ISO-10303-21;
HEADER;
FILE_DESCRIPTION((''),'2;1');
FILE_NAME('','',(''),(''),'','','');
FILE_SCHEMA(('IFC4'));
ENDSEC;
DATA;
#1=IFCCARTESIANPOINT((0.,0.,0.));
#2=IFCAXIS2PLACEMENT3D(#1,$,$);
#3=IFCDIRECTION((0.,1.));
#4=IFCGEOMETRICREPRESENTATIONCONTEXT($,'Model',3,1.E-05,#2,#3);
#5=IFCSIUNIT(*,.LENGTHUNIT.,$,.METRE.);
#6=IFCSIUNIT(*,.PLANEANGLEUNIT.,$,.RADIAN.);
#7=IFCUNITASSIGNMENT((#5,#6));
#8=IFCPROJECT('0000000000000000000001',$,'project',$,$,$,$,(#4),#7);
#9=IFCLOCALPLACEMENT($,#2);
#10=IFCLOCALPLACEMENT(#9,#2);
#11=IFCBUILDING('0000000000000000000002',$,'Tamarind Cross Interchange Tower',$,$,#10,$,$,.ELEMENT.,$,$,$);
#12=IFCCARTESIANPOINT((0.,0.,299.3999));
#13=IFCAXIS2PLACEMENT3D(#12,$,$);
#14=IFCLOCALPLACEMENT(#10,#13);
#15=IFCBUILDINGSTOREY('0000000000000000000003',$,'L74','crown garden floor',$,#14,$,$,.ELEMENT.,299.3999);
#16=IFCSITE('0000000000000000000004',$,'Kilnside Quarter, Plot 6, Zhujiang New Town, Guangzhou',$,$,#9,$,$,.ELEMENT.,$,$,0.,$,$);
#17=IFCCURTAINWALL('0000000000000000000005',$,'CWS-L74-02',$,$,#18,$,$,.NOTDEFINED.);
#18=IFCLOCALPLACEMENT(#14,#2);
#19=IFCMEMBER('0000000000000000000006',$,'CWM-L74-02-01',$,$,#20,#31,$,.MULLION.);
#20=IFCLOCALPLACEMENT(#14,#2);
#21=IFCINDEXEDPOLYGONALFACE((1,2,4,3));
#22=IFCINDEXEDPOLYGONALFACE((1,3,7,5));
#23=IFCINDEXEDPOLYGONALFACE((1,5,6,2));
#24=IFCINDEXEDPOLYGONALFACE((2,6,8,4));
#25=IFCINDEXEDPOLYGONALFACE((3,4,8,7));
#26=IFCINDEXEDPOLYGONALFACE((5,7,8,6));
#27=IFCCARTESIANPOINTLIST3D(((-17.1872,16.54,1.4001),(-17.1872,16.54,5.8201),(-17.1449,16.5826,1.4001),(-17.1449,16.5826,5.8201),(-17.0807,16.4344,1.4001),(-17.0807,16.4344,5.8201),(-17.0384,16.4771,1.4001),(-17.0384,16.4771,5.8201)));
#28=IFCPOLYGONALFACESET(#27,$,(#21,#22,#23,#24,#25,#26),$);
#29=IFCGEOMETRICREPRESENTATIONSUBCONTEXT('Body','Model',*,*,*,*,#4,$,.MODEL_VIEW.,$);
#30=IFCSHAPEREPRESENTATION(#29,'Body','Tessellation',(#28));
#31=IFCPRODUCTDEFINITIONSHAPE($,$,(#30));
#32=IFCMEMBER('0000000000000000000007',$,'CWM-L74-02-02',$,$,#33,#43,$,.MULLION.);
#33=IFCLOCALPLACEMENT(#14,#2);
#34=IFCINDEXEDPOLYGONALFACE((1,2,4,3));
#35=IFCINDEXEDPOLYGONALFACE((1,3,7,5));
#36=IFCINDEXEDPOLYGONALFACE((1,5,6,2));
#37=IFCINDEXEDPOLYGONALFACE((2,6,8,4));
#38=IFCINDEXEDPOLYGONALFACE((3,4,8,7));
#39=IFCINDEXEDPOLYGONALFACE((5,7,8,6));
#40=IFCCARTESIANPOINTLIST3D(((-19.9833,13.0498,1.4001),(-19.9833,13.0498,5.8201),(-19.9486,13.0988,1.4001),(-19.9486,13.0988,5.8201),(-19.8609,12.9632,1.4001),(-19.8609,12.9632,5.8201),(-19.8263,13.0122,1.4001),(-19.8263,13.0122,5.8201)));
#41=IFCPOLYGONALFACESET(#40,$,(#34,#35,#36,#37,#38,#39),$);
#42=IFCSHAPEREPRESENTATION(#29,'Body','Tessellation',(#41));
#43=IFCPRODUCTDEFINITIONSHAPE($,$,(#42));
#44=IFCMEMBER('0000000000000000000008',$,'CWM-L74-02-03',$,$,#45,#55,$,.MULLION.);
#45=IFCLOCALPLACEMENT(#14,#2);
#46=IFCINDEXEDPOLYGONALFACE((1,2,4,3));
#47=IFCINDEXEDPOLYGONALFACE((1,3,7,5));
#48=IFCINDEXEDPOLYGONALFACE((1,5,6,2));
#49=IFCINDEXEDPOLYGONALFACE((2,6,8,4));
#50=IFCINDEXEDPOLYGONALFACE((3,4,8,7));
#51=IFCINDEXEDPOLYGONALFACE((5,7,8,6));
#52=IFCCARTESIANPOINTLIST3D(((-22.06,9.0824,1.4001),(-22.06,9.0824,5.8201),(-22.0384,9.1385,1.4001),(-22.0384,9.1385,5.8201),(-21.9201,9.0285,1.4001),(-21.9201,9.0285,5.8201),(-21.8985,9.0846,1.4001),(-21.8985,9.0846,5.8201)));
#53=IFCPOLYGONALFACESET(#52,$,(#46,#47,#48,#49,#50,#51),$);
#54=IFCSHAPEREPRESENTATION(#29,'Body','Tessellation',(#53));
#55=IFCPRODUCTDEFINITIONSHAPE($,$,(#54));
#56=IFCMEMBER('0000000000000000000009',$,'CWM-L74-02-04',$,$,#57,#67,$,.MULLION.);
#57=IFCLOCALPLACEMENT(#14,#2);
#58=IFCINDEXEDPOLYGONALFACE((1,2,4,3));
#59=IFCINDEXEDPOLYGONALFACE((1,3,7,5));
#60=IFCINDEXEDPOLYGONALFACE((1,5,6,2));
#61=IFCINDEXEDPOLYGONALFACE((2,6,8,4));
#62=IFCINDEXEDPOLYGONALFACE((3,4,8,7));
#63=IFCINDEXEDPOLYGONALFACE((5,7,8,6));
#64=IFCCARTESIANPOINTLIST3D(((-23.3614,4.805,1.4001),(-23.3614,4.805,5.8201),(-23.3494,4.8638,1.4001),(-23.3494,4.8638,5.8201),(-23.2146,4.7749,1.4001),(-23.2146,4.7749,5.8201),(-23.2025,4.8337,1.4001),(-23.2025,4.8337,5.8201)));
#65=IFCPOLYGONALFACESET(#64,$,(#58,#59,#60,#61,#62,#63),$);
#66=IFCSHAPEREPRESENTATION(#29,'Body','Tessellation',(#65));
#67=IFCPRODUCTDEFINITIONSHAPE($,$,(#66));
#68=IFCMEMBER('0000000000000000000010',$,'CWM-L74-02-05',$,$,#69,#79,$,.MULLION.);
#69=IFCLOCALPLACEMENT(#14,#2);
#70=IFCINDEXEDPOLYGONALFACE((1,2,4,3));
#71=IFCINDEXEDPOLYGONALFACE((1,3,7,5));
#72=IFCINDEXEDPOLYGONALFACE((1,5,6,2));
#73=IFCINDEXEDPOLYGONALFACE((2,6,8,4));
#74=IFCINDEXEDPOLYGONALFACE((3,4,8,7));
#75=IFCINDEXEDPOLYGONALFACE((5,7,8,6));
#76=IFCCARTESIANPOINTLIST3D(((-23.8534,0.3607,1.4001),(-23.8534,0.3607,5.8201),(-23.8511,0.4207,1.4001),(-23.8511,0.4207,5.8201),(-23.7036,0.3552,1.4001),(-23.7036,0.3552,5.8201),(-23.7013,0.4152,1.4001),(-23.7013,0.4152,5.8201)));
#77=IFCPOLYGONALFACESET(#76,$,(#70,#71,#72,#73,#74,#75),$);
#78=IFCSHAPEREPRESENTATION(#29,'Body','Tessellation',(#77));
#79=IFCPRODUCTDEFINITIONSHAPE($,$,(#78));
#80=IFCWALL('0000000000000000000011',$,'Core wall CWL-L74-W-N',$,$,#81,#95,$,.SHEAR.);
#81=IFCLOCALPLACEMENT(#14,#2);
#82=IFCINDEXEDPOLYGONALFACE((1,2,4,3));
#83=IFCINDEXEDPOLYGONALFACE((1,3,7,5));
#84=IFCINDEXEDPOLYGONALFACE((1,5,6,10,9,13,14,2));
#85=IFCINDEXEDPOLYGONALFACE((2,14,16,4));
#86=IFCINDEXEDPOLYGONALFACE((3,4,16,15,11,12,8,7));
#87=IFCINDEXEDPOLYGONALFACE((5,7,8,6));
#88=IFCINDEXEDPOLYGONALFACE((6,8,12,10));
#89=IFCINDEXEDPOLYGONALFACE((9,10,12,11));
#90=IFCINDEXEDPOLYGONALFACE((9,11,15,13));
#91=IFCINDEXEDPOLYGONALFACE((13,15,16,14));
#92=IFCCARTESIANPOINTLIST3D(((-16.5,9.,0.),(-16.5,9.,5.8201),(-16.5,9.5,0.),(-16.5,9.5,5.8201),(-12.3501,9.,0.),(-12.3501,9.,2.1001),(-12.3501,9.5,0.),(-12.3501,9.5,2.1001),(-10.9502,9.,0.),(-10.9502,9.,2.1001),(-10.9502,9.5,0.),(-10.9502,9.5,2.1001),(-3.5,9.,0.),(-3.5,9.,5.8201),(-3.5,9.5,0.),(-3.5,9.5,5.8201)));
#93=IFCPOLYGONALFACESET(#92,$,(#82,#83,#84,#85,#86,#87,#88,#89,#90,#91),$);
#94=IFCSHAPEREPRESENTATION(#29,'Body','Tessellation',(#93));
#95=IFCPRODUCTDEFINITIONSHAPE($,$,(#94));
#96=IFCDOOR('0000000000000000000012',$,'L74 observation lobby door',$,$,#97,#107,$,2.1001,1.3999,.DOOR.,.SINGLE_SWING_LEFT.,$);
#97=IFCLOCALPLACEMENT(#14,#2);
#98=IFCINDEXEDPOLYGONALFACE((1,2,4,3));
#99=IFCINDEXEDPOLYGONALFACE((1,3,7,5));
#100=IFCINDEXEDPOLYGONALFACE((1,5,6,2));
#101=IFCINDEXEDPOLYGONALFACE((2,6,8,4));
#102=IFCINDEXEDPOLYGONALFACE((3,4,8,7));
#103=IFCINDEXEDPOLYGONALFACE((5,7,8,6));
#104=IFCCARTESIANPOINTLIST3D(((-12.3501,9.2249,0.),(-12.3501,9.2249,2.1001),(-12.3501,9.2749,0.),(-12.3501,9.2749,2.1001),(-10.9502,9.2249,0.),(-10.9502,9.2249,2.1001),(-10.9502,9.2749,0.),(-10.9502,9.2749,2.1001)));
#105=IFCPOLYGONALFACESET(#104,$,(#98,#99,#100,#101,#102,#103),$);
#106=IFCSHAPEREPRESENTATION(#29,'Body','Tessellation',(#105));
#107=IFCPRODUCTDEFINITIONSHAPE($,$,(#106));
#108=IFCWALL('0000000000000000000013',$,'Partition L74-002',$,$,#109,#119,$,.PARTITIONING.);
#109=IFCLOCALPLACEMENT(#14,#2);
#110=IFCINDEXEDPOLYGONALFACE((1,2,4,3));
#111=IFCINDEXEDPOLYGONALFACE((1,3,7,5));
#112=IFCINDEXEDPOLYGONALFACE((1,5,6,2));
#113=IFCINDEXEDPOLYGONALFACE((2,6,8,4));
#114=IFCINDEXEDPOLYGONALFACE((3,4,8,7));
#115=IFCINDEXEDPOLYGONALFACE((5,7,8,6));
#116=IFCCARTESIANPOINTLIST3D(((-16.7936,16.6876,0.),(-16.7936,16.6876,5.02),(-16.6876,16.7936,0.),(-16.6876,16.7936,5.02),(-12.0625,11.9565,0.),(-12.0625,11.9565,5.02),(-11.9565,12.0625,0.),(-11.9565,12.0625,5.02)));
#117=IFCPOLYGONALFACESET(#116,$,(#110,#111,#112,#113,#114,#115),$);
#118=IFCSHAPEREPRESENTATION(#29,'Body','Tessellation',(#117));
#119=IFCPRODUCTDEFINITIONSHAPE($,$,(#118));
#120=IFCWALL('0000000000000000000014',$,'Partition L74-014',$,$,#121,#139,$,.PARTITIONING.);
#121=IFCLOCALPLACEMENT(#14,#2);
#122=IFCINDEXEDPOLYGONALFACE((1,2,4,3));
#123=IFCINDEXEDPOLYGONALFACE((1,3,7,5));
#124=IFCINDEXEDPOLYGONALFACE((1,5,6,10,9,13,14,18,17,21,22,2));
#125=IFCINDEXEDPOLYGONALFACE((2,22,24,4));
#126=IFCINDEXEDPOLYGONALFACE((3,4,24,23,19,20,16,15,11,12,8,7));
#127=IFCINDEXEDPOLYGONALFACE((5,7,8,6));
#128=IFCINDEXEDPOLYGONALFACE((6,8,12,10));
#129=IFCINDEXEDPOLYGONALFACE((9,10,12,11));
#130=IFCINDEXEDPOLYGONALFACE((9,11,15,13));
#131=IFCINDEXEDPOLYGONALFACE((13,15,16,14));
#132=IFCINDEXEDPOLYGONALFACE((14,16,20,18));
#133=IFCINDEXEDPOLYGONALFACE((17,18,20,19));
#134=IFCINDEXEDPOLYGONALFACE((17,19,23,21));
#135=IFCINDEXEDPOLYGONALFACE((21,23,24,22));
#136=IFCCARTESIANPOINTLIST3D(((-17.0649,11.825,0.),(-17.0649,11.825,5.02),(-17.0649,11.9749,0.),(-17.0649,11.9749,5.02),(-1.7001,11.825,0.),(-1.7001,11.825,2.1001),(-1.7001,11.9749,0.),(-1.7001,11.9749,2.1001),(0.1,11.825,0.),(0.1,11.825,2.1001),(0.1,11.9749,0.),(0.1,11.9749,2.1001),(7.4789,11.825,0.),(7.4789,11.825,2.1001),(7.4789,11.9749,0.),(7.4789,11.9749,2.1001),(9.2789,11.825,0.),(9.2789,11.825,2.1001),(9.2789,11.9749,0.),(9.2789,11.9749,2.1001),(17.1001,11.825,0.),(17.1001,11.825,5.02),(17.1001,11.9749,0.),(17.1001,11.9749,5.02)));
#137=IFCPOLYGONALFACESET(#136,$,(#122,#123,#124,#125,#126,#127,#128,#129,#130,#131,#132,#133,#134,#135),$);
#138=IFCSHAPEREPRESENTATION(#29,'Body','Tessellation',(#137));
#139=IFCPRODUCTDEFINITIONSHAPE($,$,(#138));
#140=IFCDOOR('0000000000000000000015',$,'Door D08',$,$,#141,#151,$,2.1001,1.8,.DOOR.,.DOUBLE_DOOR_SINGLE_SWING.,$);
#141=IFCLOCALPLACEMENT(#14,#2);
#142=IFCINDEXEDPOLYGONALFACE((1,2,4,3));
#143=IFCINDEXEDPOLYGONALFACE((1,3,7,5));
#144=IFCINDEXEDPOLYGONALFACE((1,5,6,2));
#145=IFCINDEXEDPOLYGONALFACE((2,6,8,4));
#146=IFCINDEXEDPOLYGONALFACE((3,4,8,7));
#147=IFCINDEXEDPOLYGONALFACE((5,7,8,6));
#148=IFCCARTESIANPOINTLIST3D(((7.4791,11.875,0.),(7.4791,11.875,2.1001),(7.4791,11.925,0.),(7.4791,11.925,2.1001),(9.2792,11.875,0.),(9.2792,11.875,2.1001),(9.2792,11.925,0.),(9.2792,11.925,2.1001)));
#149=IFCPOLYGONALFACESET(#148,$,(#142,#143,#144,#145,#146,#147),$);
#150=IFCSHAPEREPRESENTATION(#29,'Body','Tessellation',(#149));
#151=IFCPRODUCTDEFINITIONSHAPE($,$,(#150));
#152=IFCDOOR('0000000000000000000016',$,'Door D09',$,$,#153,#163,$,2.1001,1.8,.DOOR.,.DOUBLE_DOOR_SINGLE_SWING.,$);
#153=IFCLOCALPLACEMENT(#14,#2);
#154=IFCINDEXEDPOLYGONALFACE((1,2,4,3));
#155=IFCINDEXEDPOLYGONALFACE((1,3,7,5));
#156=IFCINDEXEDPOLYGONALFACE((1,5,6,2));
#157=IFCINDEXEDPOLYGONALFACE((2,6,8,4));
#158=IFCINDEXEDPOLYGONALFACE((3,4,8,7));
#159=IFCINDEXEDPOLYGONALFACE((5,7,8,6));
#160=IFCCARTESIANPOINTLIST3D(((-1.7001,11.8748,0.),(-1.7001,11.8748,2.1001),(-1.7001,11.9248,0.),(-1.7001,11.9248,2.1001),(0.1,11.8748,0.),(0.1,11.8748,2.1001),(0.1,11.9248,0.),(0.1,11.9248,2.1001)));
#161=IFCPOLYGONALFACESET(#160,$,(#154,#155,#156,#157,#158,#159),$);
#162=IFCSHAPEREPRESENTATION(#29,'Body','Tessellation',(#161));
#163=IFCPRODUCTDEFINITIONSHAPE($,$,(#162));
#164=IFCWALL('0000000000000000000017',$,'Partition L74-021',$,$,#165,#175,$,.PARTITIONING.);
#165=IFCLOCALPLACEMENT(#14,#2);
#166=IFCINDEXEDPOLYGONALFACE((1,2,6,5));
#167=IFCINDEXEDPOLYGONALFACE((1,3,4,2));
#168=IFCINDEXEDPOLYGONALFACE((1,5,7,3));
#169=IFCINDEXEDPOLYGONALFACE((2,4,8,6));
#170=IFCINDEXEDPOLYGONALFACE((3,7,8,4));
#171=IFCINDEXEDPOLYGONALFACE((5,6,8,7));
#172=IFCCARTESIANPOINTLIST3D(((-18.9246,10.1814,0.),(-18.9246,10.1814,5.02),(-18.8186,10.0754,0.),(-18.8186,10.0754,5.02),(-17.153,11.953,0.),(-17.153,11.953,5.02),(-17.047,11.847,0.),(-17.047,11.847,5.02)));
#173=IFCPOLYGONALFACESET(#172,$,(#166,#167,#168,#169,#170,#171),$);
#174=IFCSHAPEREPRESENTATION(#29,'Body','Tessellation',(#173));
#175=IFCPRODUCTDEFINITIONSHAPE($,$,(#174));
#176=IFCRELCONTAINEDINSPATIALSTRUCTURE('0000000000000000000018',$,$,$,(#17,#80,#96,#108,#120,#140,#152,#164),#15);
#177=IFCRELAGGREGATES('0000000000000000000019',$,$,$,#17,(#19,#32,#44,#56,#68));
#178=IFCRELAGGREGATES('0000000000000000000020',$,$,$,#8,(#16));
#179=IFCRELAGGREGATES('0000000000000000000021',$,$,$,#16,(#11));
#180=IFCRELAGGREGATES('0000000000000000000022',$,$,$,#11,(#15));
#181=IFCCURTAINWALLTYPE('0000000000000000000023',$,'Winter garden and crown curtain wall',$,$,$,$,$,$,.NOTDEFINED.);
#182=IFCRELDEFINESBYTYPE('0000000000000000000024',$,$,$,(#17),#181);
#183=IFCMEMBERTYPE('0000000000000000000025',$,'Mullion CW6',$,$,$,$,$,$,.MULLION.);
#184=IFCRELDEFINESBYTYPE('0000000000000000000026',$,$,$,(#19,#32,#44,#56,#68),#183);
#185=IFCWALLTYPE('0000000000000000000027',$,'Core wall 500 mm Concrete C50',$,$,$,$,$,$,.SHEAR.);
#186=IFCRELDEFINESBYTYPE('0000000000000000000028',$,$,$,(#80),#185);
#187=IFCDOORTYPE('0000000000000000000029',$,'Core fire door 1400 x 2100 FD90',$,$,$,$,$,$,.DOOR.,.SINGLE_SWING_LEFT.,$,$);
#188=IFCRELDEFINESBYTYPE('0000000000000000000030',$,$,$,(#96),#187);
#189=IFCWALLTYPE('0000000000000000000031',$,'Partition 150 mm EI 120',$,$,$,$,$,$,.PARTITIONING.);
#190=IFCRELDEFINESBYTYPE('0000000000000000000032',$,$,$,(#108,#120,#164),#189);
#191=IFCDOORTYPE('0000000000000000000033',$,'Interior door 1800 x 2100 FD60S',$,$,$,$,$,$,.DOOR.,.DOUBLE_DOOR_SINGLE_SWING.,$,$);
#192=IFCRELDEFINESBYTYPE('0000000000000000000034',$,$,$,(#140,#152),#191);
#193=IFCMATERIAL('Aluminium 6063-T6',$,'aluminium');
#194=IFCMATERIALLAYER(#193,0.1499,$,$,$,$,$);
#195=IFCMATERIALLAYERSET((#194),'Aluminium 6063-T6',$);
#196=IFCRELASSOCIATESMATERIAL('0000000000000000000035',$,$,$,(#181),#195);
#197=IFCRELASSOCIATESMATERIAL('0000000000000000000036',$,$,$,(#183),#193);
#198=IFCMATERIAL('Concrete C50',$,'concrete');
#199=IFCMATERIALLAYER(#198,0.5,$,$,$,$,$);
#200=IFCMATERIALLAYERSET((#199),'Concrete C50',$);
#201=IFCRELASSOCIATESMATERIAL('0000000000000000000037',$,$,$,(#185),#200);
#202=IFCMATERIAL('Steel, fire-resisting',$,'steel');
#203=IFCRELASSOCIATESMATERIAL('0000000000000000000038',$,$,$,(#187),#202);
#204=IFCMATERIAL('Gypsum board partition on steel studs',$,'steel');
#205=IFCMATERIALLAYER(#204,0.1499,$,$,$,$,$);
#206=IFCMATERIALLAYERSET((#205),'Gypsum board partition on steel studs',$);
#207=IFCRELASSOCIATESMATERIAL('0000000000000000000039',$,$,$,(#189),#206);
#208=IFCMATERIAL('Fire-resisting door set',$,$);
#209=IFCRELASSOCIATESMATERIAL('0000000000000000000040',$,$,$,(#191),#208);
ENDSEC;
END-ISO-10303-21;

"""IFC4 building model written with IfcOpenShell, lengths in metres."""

from ifc_helpers import new_model, si_unit, direction, frame, frame_2d, origin, origin_2d, place, context, subcontext, project, spatial, rectangle, extrude, material, layer, layer_set, material_profile, profile_set, type_object, element, fill, aggregate, save


model = new_model("IFC4")

# Units and contexts
model_context = context("Model", 3, precision=1e-05, world=origin(), true_north=direction((0.0, 1.0)))
body_context = subcontext(model_context, "Body", "Model", "MODEL_VIEW")
ifc_project = project(units=[si_unit("LENGTHUNIT", "METRE"), si_unit("PLANEANGLEUNIT", "RADIAN")], contexts=[model_context])

# Site, building, storey
site_placement = place(None, origin())
site = spatial("IfcSite", under=ifc_project, at=site_placement, Name="Kilnside Quarter, Plot 6, Zhujiang New Town, Guangzhou", CompositionType="ELEMENT", RefElevation=0.0)
building_placement = place(site_placement, origin())
building = spatial("IfcBuilding", under=site, at=building_placement, Name="Tamarind Cross Interchange Tower", CompositionType="ELEMENT")
storey_placement = place(building_placement, frame((0.0, 0.0, 299.3999)))
storey = spatial("IfcBuildingStorey", under=building, at=storey_placement, Name="L74", Description="crown garden floor", CompositionType="ELEMENT", Elevation=299.3999)

# Curtain wall, members
ifc_material_1 = material(Name="Aluminium 6063-T6", Category="aluminium")
ifc_layer_1 = layer(ifc_material_1, 0.1499)
ifc_layer_set_1 = layer_set([ifc_layer_1], Name="Aluminium 6063-T6")
curtain_wall_type = type_object("IfcCurtainWallType", Name="Winter garden and crown curtain wall", PredefinedType="NOTDEFINED", material=ifc_layer_set_1)
curtain_wall_placement = place(storey_placement, origin())
curtain_wall = element("IfcCurtainWall", 1, at=curtain_wall_placement, inside=storey, type_object=curtain_wall_type, Name="CWS-L74-02", PredefinedType="NOTDEFINED")
ifc_material_profile_1 = material_profile(ifc_material_1, rectangle(XDim=0.0601, YDim=0.1499, at=origin_2d()), Name="Mullion CW6")
ifc_profile_set_1 = profile_set([ifc_material_profile_1], Name="Aluminium 6063-T6")
member_type = type_object("IfcMemberType", Name="Mullion CW6", PredefinedType="MULLION", material=ifc_profile_set_1)
member_1_placement = place(storey_placement, frame((-17.1128, 16.5085, 1.4001), z_axis=(0.0, 0.0, 1.0), x_axis=(-0.704057, -0.710143, 0.0)))
member_1 = element("IfcMember", 2, at=member_1_placement, type_object=member_type, Name="CWM-L74-02-01", PredefinedType="MULLION", context=body_context, shape_type="SweptSolid", body=[
    extrude(rectangle(XDim=0.0601, YDim=0.1499, at=origin_2d()), origin(), (0.0, 0.0, 1.0), 4.4199),
])
member_2_placement = place(storey_placement, frame((-19.9048, 13.031, 1.4001), z_axis=(0.0, 0.0, 1.0), x_axis=(-0.577569, -0.816342, 0.0)))
member_2 = element("IfcMember", 3, at=member_2_placement, type_object=member_type, Name="CWM-L74-02-02", PredefinedType="MULLION", context=body_context, shape_type="SweptSolid", body=[
    extrude(rectangle(XDim=0.0601, YDim=0.1499, at=origin_2d()), origin(), (0.0, 0.0, 1.0), 4.4199),
])
member_3_placement = place(storey_placement, frame((-21.9792, 9.0835, 1.4001), z_axis=(0.0, 0.0, 1.0), x_axis=(-0.359495, -0.933147, 0.0)))
member_3 = element("IfcMember", 4, at=member_3_placement, type_object=member_type, Name="CWM-L74-02-03", PredefinedType="MULLION", context=body_context, shape_type="SweptSolid", body=[
    extrude(rectangle(XDim=0.0601, YDim=0.1499, at=origin_2d()), origin(), (0.0, 0.0, 1.0), 4.4199),
])
member_4_placement = place(storey_placement, frame((-23.282, 4.8193, 1.4001), z_axis=(0.0, 0.0, 1.0), x_axis=(-0.201001, -0.979591, 0.0)))
member_4 = element("IfcMember", 5, at=member_4_placement, type_object=member_type, Name="CWM-L74-02-04", PredefinedType="MULLION", context=body_context, shape_type="SweptSolid", body=[
    extrude(rectangle(XDim=0.0601, YDim=0.1499, at=origin_2d()), origin(), (0.0, 0.0, 1.0), 4.4199),
])
member_5_placement = place(storey_placement, frame((-23.7773, 0.3879, 1.4001), z_axis=(0.0, 0.0, 1.0), x_axis=(-0.037025, -0.999314, 0.0)))
member_5 = element("IfcMember", 6, at=member_5_placement, type_object=member_type, Name="CWM-L74-02-05", PredefinedType="MULLION", context=body_context, shape_type="SweptSolid", body=[
    extrude(rectangle(XDim=0.0601, YDim=0.1499, at=origin_2d()), origin(), (0.0, 0.0, 1.0), 4.4199),
])
aggregate(curtain_wall, [member_1, member_2, member_3, member_4, member_5])

# Wall, opening, door
ifc_material_2 = material(Name="Concrete C50", Category="concrete")
ifc_layer_2 = layer(ifc_material_2, 0.5)
ifc_layer_set_2 = layer_set([ifc_layer_2], Name="Concrete C50")
wall_type_1 = type_object("IfcWallType", Name="Core wall 500 mm Concrete C50", PredefinedType="SHEAR", material=ifc_layer_set_2)
wall_1_placement = place(storey_placement, frame((-16.5, 9.25, 0.0), z_axis=(0.0, 0.0, 1.0), x_axis=(1.0, 0.0, 0.0)))
wall_1 = element("IfcWall", 7, at=wall_1_placement, inside=storey, type_object=wall_type_1, Name="Core wall CWL-L74-W-N", PredefinedType="SHEAR", context=body_context, shape_type="SweptSolid", body=[
    extrude(rectangle(XDim=13.0, YDim=0.5, at=frame_2d((6.5, 0.0))), origin(), (0.0, 0.0, 1.0), 5.8201),
])
opening_1_placement = place(wall_1_placement, frame((4.1499, 0.0, 0.0)))
opening_1 = element("IfcOpeningElement", 8, at=opening_1_placement, cuts=wall_1, PredefinedType="OPENING", context=body_context, shape_type="SweptSolid", body=[
    extrude(rectangle(XDim=1.3999, YDim=2.1001, at=frame_2d((0.7, 1.05))), frame((0.0, 0.26, 0.0), z_axis=(0.0, -1.0, 0.0), x_axis=(1.0, 0.0, 0.0)), (0.0, 0.0, 1.0), 0.52),
])
ifc_material_3 = material(Name="Steel, fire-resisting", Category="steel")
door_type_1 = type_object("IfcDoorType", Name="Core fire door 1400 x 2100 FD90", OperationType="SINGLE_SWING_LEFT", PredefinedType="DOOR", material=ifc_material_3)
door_1_placement = place(opening_1_placement, origin())
door_1 = element("IfcDoor", 9, at=door_1_placement, inside=storey, type_object=door_type_1, Name="L74 observation lobby door", OperationType="SINGLE_SWING_LEFT", OverallHeight=2.1001, OverallWidth=1.3999, PredefinedType="DOOR", context=body_context, shape_type="SweptSolid", body=[
    extrude(rectangle(XDim=1.3999, YDim=2.1001, at=frame_2d((0.7, 1.05))), frame((0.0, 0.0249, 0.0), z_axis=(0.0, -1.0, 0.0), x_axis=(1.0, 0.0, 0.0)), (0.0, 0.0, 1.0), 0.05),
])
fill(opening_1, door_1)

# Wall
ifc_material_4 = material(Name="Gypsum board partition on steel studs", Category="steel")
ifc_layer_3 = layer(ifc_material_4, 0.1499)
ifc_layer_set_3 = layer_set([ifc_layer_3], Name="Gypsum board partition on steel studs")
wall_type_2 = type_object("IfcWallType", Name="Partition 150 mm EI 120", PredefinedType="PARTITIONING", material=ifc_layer_set_3)
wall_2_placement = place(storey_placement, frame((-16.7405, 16.7405, 0.0), z_axis=(0.0, 0.0, 1.0), x_axis=(0.707107, -0.707107, 0.0)))
element("IfcWall", 10, at=wall_2_placement, inside=storey, type_object=wall_type_2, Name="Partition L74-002", PredefinedType="PARTITIONING", context=body_context, shape_type="SweptSolid", body=[
    extrude(rectangle(XDim=6.6907, YDim=0.1499, at=frame_2d((3.3452, 0.0))), origin(), (0.0, 0.0, 1.0), 5.02),
])

# Wall, openings, doors
wall_3_placement = place(storey_placement, frame((-17.0649, 11.8999, 0.0), z_axis=(0.0, 0.0, 1.0), x_axis=(1.0, 0.0, 0.0)))
wall_3 = element("IfcWall", 11, at=wall_3_placement, inside=storey, type_object=wall_type_2, Name="Partition L74-014", PredefinedType="PARTITIONING", context=body_context, shape_type="SweptSolid", body=[
    extrude(rectangle(XDim=34.165, YDim=0.1499, at=frame_2d((17.0825, 0.0))), origin(), (0.0, 0.0, 1.0), 5.02),
])
opening_2_placement = place(wall_3_placement, frame((24.5439, 0.0, 0.0)))
opening_2 = element("IfcOpeningElement", 12, at=opening_2_placement, cuts=wall_3, PredefinedType="OPENING", context=body_context, shape_type="SweptSolid", body=[
    extrude(rectangle(XDim=1.8, YDim=2.1001, at=frame_2d((0.8999, 1.05))), frame((0.0, 0.085, 0.0), z_axis=(0.0, -1.0, 0.0), x_axis=(1.0, 0.0, 0.0)), (0.0, 0.0, 1.0), 0.1699),
])
opening_3_placement = place(wall_3_placement, frame((15.365, 0.0, 0.0)))
opening_3 = element("IfcOpeningElement", 13, at=opening_3_placement, cuts=wall_3, PredefinedType="OPENING", context=body_context, shape_type="SweptSolid", body=[
    extrude(rectangle(XDim=1.8, YDim=2.1001, at=frame_2d((0.8999, 1.05))), frame((0.0, 0.085, 0.0), z_axis=(0.0, -1.0, 0.0), x_axis=(1.0, 0.0, 0.0)), (0.0, 0.0, 1.0), 0.1699),
])
ifc_material_5 = material(Name="Fire-resisting door set")
door_type_2 = type_object("IfcDoorType", Name="Interior door 1800 x 2100 FD60S", OperationType="DOUBLE_DOOR_SINGLE_SWING", PredefinedType="DOOR", material=ifc_material_5)
door_2_placement = place(opening_2_placement, frame((1.8, 0.0, 0.0), z_axis=(0.0, 0.0, 1.0), x_axis=(-1.0, 0.0, 0.0)))
door_2 = element("IfcDoor", 14, at=door_2_placement, inside=storey, type_object=door_type_2, Name="Door D08", OperationType="DOUBLE_DOOR_SINGLE_SWING", OverallHeight=2.1001, OverallWidth=1.8, PredefinedType="DOOR", context=body_context, shape_type="SweptSolid", body=[
    extrude(rectangle(XDim=1.8, YDim=2.1001, at=frame_2d((0.8999, 1.05))), frame((0.0, 0.0249, 0.0), z_axis=(0.0, -1.0, 0.0), x_axis=(1.0, 0.0, 0.0)), (0.0, 0.0, 1.0), 0.05),
])
fill(opening_2, door_2)
door_3_placement = place(opening_3_placement, origin())
door_3 = element("IfcDoor", 15, at=door_3_placement, inside=storey, type_object=door_type_2, Name="Door D09", OperationType="DOUBLE_DOOR_SINGLE_SWING", OverallHeight=2.1001, OverallWidth=1.8, PredefinedType="DOOR", context=body_context, shape_type="SweptSolid", body=[
    extrude(rectangle(XDim=1.8, YDim=2.1001, at=frame_2d((0.8999, 1.05))), frame((0.0, 0.0249, 0.0), z_axis=(0.0, -1.0, 0.0), x_axis=(1.0, 0.0, 0.0)), (0.0, 0.0, 1.0), 0.05),
])
fill(opening_3, door_3)

# Wall
wall_4_placement = place(storey_placement, frame((-18.8716, 10.1284, 0.0), z_axis=(0.0, 0.0, 1.0), x_axis=(0.707107, 0.707107, 0.0)))
element("IfcWall", 16, at=wall_4_placement, inside=storey, type_object=wall_type_2, Name="Partition L74-021", PredefinedType="PARTITIONING", context=body_context, shape_type="SweptSolid", body=[
    extrude(rectangle(XDim=2.5054, YDim=0.1499, at=frame_2d((1.2527, 0.0))), origin(), (0.0, 0.0, 1.0), 5.02),
])

save(model, "model.ifc")
